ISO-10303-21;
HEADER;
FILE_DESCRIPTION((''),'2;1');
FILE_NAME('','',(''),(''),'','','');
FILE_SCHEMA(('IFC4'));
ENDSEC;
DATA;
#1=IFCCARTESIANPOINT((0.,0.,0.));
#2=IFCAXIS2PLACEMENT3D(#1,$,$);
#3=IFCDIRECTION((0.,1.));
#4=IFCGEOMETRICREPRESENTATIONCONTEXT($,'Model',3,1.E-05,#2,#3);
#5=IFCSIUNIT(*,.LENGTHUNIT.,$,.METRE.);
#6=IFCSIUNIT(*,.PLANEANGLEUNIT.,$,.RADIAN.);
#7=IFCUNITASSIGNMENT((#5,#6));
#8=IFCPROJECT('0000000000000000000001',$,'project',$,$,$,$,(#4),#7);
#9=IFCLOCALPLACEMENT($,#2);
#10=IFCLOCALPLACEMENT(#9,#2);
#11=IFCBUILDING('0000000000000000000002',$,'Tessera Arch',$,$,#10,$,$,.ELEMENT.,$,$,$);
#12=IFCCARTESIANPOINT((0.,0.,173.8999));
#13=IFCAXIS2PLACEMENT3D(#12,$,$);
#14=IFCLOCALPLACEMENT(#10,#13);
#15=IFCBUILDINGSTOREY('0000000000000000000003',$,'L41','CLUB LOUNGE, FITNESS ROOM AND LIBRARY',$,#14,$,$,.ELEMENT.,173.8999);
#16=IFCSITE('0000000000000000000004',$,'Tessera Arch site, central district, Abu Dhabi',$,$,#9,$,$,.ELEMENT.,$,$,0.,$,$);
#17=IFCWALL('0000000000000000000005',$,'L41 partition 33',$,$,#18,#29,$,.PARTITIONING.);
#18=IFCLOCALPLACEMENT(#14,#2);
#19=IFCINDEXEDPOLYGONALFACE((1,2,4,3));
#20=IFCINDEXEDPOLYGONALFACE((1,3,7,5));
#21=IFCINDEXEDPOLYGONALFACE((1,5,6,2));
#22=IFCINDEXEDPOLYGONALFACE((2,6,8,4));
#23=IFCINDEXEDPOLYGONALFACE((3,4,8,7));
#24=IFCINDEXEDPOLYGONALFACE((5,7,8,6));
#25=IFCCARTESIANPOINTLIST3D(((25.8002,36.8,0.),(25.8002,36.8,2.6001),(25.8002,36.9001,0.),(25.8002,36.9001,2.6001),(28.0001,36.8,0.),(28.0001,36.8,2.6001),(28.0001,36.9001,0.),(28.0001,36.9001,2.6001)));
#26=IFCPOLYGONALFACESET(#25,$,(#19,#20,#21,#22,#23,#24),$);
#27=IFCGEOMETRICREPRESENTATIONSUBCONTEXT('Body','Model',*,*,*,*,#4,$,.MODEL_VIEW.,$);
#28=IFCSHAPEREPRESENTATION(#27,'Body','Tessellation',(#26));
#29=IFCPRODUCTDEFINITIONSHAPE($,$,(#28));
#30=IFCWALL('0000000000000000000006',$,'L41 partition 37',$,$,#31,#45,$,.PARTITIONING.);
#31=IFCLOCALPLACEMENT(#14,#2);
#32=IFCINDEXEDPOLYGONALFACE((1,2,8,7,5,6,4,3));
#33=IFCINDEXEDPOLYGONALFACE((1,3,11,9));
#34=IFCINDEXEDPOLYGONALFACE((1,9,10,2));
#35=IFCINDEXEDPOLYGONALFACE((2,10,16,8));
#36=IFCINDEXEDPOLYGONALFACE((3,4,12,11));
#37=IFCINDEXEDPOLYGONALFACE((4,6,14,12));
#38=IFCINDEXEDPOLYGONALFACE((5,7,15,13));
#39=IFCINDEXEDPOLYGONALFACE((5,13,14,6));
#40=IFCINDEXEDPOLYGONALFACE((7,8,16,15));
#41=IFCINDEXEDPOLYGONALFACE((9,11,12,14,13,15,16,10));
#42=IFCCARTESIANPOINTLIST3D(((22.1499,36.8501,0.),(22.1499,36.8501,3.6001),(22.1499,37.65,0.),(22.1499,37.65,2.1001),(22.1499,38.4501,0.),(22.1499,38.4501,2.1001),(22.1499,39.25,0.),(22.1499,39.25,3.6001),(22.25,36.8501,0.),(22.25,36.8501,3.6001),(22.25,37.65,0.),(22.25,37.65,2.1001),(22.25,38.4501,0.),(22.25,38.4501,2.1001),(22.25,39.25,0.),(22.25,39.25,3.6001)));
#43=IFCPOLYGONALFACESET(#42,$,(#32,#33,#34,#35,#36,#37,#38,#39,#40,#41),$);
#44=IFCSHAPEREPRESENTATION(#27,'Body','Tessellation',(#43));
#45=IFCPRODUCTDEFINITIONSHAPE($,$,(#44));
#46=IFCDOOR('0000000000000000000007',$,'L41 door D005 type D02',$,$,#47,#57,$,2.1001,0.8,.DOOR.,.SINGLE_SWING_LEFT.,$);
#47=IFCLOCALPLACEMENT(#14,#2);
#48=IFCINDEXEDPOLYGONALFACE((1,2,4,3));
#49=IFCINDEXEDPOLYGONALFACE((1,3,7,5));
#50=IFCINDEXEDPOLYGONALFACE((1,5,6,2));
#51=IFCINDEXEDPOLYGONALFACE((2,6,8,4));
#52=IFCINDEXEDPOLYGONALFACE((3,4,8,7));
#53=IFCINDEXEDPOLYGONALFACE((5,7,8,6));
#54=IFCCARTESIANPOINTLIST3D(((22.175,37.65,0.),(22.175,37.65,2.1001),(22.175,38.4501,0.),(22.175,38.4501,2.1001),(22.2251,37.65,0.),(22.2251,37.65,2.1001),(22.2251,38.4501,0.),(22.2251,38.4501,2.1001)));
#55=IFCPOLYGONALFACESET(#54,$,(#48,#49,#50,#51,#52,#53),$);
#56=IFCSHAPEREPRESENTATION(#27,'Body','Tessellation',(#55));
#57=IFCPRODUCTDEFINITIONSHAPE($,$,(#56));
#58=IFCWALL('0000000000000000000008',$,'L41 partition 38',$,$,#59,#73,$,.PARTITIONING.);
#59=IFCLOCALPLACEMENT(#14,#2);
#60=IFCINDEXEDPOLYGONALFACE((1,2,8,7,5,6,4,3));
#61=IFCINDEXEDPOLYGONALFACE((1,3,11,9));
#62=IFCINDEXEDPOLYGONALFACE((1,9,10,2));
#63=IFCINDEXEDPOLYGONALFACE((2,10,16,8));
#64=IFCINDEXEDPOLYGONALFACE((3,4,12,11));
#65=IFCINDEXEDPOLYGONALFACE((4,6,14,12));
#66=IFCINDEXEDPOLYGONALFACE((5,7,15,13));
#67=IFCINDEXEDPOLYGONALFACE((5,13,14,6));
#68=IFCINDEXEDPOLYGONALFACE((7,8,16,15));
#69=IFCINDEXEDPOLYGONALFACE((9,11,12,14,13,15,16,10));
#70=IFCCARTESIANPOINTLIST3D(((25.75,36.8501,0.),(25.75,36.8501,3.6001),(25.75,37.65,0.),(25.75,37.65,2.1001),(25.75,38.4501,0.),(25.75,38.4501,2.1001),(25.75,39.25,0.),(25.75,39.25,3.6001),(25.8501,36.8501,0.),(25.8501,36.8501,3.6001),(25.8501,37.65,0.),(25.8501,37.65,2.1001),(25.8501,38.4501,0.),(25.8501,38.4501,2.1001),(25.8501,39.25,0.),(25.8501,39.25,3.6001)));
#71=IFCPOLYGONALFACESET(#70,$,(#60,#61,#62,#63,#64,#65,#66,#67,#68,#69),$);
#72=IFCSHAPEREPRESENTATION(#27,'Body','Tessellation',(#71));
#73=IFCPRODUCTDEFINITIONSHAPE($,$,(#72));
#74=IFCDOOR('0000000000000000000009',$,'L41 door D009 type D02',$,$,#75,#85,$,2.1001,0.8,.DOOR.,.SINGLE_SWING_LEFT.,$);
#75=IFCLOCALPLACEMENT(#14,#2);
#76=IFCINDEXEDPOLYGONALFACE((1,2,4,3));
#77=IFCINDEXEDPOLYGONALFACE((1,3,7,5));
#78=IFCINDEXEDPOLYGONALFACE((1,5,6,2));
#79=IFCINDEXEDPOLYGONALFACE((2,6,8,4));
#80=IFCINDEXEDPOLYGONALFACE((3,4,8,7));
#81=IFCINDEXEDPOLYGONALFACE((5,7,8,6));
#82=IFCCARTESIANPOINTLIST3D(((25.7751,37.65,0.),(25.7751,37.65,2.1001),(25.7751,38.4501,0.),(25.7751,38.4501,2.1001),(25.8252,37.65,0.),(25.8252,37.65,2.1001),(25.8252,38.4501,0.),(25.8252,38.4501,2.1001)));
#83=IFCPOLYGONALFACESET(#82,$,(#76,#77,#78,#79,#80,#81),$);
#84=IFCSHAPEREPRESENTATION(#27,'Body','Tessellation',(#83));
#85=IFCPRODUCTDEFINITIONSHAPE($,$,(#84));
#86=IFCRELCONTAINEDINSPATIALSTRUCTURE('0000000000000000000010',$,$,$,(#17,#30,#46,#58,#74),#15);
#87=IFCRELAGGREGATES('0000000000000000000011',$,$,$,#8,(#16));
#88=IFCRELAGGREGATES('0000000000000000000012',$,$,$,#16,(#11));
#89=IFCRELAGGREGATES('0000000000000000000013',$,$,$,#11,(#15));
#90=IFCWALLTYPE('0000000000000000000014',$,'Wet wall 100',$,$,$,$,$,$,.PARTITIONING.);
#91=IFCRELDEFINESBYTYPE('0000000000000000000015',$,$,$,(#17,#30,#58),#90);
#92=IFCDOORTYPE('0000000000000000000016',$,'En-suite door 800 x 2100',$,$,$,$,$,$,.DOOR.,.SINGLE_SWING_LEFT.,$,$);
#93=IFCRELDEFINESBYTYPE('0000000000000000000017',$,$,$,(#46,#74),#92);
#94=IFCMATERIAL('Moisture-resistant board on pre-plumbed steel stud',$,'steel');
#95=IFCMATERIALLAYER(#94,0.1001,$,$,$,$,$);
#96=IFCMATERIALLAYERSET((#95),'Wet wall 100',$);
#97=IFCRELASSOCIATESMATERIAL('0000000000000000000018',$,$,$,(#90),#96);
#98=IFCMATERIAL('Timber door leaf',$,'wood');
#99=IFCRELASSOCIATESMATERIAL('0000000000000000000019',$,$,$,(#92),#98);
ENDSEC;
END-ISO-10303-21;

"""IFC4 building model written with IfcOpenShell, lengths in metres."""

from ifc_helpers import new_model, si_unit, direction, frame, frame_2d, origin, place, context, subcontext, project, spatial, rectangle, extrude, material, layer, layer_set, type_object, element, fill, save


model = new_model("IFC4")

# Units and contexts
model_context = context("Model", 3, precision=1e-05, world=origin(), true_north=direction((0.0, 1.0)))
body_context = subcontext(model_context, "Body", "Model", "MODEL_VIEW")
ifc_project = project(units=[si_unit("LENGTHUNIT", "METRE"), si_unit("PLANEANGLEUNIT", "RADIAN")], contexts=[model_context])

# Site, building, storey
site_placement = place(None, origin())
site = spatial("IfcSite", under=ifc_project, at=site_placement, Name="Tessera Arch site, central district, Abu Dhabi", CompositionType="ELEMENT", RefElevation=0.0)
building_placement = place(site_placement, origin())
building = spatial("IfcBuilding", under=site, at=building_placement, Name="Tessera Arch", CompositionType="ELEMENT")
storey_placement = place(building_placement, frame((0.0, 0.0, 173.8999)))
storey = spatial("IfcBuildingStorey", under=building, at=storey_placement, Name="L41", Description="CLUB LOUNGE, FITNESS ROOM AND LIBRARY", CompositionType="ELEMENT", Elevation=173.8999)

# Wall
ifc_material_1 = material(Name="Moisture-resistant board on pre-plumbed steel stud", Category="steel")
ifc_layer_1 = layer(ifc_material_1, 0.1001)
ifc_layer_set_1 = layer_set([ifc_layer_1], Name="Wet wall 100")
wall_type_1 = type_object("IfcWallType", Name="Wet wall 100", PredefinedType="PARTITIONING", material=ifc_layer_set_1)
wall_1_placement = place(storey_placement, frame((25.8, 36.8501, 0.0), z_axis=(0.0, 0.0, 1.0), x_axis=(1.0, 0.0, 0.0)))
element("IfcWall", 1, at=wall_1_placement, inside=storey, type_object=wall_type_1, Name="L41 partition 33", PredefinedType="PARTITIONING", context=body_context, shape_type="SweptSolid", body=[
    extrude(rectangle(XDim=2.2, YDim=0.1001, at=frame_2d((1.1001, 0.0))), origin(), (0.0, 0.0, 1.0), 2.6001),
])

# Walls, openings, doors
wall_2_placement = place(storey_placement, frame((22.2, 36.8501, 0.0), z_axis=(0.0, 0.0, 1.0), x_axis=(0.0, 1.0, 0.0)))
wall_2 = element("IfcWall", 2, at=wall_2_placement, inside=storey, type_object=wall_type_1, Name="L41 partition 37", PredefinedType="PARTITIONING", context=body_context, shape_type="SweptSolid", body=[
    extrude(rectangle(XDim=2.3999, YDim=0.1001, at=frame_2d((1.2, 0.0))), origin(), (0.0, 0.0, 1.0), 3.6001),
])
opening_1_placement = place(wall_2_placement, frame((0.8, 0.0, 0.0)))
opening_1 = element("IfcOpeningElement", 3, at=opening_1_placement, cuts=wall_2, PredefinedType="OPENING", context=body_context, shape_type="SweptSolid", body=[
    extrude(rectangle(XDim=0.8, YDim=2.1001, at=frame_2d((0.3999, 1.05))), frame((0.0, 0.0601, 0.0), z_axis=(0.0, -1.0, 0.0), x_axis=(1.0, 0.0, 0.0)), (0.0, 0.0, 1.0), 0.1201),
])
ifc_material_2 = material(Name="Timber door leaf", Category="wood")
door_type = type_object("IfcDoorType", Name="En-suite door 800 x 2100", OperationType="SINGLE_SWING_LEFT", PredefinedType="DOOR", material=ifc_material_2)
door_1_placement = place(opening_1_placement, origin())
door_1 = element("IfcDoor", 4, at=door_1_placement, inside=storey, type_object=door_type, Name="L41 door D005 type D02", OperationType="SINGLE_SWING_LEFT", OverallHeight=2.1001, OverallWidth=0.8, PredefinedType="DOOR", context=body_context, shape_type="SweptSolid", body=[
    extrude(rectangle(XDim=0.8, YDim=2.1001, at=frame_2d((0.3999, 1.05))), frame((0.0, 0.0249, 0.0), z_axis=(0.0, -1.0, 0.0), x_axis=(1.0, 0.0, 0.0)), (0.0, 0.0, 1.0), 0.05),
])
fill(opening_1, door_1)
wall_3_placement = place(storey_placement, frame((25.8, 36.8501, 0.0), z_axis=(0.0, 0.0, 1.0), x_axis=(0.0, 1.0, 0.0)))
wall_3 = element("IfcWall", 5, at=wall_3_placement, inside=storey, type_object=wall_type_1, Name="L41 partition 38", PredefinedType="PARTITIONING", context=body_context, shape_type="SweptSolid", body=[
    extrude(rectangle(XDim=2.3999, YDim=0.1001, at=frame_2d((1.2, 0.0))), origin(), (0.0, 0.0, 1.0), 3.6001),
])
opening_2_placement = place(wall_3_placement, frame((0.8, 0.0, 0.0)))
opening_2 = element("IfcOpeningElement", 6, at=opening_2_placement, cuts=wall_3, PredefinedType="OPENING", context=body_context, shape_type="SweptSolid", body=[
    extrude(rectangle(XDim=0.8, YDim=2.1001, at=frame_2d((0.3999, 1.05))), frame((0.0, 0.0601, 0.0), z_axis=(0.0, -1.0, 0.0), x_axis=(1.0, 0.0, 0.0)), (0.0, 0.0, 1.0), 0.1201),
])
door_2_placement = place(opening_2_placement, origin())
door_2 = element("IfcDoor", 7, at=door_2_placement, inside=storey, type_object=door_type, Name="L41 door D009 type D02", OperationType="SINGLE_SWING_LEFT", OverallHeight=2.1001, OverallWidth=0.8, PredefinedType="DOOR", context=body_context, shape_type="SweptSolid", body=[
    extrude(rectangle(XDim=0.8, YDim=2.1001, at=frame_2d((0.3999, 1.05))), frame((0.0, 0.0249, 0.0), z_axis=(0.0, -1.0, 0.0), x_axis=(1.0, 0.0, 0.0)), (0.0, 0.0, 1.0), 0.05),
])
fill(opening_2, door_2)

save(model, "model.ifc")
